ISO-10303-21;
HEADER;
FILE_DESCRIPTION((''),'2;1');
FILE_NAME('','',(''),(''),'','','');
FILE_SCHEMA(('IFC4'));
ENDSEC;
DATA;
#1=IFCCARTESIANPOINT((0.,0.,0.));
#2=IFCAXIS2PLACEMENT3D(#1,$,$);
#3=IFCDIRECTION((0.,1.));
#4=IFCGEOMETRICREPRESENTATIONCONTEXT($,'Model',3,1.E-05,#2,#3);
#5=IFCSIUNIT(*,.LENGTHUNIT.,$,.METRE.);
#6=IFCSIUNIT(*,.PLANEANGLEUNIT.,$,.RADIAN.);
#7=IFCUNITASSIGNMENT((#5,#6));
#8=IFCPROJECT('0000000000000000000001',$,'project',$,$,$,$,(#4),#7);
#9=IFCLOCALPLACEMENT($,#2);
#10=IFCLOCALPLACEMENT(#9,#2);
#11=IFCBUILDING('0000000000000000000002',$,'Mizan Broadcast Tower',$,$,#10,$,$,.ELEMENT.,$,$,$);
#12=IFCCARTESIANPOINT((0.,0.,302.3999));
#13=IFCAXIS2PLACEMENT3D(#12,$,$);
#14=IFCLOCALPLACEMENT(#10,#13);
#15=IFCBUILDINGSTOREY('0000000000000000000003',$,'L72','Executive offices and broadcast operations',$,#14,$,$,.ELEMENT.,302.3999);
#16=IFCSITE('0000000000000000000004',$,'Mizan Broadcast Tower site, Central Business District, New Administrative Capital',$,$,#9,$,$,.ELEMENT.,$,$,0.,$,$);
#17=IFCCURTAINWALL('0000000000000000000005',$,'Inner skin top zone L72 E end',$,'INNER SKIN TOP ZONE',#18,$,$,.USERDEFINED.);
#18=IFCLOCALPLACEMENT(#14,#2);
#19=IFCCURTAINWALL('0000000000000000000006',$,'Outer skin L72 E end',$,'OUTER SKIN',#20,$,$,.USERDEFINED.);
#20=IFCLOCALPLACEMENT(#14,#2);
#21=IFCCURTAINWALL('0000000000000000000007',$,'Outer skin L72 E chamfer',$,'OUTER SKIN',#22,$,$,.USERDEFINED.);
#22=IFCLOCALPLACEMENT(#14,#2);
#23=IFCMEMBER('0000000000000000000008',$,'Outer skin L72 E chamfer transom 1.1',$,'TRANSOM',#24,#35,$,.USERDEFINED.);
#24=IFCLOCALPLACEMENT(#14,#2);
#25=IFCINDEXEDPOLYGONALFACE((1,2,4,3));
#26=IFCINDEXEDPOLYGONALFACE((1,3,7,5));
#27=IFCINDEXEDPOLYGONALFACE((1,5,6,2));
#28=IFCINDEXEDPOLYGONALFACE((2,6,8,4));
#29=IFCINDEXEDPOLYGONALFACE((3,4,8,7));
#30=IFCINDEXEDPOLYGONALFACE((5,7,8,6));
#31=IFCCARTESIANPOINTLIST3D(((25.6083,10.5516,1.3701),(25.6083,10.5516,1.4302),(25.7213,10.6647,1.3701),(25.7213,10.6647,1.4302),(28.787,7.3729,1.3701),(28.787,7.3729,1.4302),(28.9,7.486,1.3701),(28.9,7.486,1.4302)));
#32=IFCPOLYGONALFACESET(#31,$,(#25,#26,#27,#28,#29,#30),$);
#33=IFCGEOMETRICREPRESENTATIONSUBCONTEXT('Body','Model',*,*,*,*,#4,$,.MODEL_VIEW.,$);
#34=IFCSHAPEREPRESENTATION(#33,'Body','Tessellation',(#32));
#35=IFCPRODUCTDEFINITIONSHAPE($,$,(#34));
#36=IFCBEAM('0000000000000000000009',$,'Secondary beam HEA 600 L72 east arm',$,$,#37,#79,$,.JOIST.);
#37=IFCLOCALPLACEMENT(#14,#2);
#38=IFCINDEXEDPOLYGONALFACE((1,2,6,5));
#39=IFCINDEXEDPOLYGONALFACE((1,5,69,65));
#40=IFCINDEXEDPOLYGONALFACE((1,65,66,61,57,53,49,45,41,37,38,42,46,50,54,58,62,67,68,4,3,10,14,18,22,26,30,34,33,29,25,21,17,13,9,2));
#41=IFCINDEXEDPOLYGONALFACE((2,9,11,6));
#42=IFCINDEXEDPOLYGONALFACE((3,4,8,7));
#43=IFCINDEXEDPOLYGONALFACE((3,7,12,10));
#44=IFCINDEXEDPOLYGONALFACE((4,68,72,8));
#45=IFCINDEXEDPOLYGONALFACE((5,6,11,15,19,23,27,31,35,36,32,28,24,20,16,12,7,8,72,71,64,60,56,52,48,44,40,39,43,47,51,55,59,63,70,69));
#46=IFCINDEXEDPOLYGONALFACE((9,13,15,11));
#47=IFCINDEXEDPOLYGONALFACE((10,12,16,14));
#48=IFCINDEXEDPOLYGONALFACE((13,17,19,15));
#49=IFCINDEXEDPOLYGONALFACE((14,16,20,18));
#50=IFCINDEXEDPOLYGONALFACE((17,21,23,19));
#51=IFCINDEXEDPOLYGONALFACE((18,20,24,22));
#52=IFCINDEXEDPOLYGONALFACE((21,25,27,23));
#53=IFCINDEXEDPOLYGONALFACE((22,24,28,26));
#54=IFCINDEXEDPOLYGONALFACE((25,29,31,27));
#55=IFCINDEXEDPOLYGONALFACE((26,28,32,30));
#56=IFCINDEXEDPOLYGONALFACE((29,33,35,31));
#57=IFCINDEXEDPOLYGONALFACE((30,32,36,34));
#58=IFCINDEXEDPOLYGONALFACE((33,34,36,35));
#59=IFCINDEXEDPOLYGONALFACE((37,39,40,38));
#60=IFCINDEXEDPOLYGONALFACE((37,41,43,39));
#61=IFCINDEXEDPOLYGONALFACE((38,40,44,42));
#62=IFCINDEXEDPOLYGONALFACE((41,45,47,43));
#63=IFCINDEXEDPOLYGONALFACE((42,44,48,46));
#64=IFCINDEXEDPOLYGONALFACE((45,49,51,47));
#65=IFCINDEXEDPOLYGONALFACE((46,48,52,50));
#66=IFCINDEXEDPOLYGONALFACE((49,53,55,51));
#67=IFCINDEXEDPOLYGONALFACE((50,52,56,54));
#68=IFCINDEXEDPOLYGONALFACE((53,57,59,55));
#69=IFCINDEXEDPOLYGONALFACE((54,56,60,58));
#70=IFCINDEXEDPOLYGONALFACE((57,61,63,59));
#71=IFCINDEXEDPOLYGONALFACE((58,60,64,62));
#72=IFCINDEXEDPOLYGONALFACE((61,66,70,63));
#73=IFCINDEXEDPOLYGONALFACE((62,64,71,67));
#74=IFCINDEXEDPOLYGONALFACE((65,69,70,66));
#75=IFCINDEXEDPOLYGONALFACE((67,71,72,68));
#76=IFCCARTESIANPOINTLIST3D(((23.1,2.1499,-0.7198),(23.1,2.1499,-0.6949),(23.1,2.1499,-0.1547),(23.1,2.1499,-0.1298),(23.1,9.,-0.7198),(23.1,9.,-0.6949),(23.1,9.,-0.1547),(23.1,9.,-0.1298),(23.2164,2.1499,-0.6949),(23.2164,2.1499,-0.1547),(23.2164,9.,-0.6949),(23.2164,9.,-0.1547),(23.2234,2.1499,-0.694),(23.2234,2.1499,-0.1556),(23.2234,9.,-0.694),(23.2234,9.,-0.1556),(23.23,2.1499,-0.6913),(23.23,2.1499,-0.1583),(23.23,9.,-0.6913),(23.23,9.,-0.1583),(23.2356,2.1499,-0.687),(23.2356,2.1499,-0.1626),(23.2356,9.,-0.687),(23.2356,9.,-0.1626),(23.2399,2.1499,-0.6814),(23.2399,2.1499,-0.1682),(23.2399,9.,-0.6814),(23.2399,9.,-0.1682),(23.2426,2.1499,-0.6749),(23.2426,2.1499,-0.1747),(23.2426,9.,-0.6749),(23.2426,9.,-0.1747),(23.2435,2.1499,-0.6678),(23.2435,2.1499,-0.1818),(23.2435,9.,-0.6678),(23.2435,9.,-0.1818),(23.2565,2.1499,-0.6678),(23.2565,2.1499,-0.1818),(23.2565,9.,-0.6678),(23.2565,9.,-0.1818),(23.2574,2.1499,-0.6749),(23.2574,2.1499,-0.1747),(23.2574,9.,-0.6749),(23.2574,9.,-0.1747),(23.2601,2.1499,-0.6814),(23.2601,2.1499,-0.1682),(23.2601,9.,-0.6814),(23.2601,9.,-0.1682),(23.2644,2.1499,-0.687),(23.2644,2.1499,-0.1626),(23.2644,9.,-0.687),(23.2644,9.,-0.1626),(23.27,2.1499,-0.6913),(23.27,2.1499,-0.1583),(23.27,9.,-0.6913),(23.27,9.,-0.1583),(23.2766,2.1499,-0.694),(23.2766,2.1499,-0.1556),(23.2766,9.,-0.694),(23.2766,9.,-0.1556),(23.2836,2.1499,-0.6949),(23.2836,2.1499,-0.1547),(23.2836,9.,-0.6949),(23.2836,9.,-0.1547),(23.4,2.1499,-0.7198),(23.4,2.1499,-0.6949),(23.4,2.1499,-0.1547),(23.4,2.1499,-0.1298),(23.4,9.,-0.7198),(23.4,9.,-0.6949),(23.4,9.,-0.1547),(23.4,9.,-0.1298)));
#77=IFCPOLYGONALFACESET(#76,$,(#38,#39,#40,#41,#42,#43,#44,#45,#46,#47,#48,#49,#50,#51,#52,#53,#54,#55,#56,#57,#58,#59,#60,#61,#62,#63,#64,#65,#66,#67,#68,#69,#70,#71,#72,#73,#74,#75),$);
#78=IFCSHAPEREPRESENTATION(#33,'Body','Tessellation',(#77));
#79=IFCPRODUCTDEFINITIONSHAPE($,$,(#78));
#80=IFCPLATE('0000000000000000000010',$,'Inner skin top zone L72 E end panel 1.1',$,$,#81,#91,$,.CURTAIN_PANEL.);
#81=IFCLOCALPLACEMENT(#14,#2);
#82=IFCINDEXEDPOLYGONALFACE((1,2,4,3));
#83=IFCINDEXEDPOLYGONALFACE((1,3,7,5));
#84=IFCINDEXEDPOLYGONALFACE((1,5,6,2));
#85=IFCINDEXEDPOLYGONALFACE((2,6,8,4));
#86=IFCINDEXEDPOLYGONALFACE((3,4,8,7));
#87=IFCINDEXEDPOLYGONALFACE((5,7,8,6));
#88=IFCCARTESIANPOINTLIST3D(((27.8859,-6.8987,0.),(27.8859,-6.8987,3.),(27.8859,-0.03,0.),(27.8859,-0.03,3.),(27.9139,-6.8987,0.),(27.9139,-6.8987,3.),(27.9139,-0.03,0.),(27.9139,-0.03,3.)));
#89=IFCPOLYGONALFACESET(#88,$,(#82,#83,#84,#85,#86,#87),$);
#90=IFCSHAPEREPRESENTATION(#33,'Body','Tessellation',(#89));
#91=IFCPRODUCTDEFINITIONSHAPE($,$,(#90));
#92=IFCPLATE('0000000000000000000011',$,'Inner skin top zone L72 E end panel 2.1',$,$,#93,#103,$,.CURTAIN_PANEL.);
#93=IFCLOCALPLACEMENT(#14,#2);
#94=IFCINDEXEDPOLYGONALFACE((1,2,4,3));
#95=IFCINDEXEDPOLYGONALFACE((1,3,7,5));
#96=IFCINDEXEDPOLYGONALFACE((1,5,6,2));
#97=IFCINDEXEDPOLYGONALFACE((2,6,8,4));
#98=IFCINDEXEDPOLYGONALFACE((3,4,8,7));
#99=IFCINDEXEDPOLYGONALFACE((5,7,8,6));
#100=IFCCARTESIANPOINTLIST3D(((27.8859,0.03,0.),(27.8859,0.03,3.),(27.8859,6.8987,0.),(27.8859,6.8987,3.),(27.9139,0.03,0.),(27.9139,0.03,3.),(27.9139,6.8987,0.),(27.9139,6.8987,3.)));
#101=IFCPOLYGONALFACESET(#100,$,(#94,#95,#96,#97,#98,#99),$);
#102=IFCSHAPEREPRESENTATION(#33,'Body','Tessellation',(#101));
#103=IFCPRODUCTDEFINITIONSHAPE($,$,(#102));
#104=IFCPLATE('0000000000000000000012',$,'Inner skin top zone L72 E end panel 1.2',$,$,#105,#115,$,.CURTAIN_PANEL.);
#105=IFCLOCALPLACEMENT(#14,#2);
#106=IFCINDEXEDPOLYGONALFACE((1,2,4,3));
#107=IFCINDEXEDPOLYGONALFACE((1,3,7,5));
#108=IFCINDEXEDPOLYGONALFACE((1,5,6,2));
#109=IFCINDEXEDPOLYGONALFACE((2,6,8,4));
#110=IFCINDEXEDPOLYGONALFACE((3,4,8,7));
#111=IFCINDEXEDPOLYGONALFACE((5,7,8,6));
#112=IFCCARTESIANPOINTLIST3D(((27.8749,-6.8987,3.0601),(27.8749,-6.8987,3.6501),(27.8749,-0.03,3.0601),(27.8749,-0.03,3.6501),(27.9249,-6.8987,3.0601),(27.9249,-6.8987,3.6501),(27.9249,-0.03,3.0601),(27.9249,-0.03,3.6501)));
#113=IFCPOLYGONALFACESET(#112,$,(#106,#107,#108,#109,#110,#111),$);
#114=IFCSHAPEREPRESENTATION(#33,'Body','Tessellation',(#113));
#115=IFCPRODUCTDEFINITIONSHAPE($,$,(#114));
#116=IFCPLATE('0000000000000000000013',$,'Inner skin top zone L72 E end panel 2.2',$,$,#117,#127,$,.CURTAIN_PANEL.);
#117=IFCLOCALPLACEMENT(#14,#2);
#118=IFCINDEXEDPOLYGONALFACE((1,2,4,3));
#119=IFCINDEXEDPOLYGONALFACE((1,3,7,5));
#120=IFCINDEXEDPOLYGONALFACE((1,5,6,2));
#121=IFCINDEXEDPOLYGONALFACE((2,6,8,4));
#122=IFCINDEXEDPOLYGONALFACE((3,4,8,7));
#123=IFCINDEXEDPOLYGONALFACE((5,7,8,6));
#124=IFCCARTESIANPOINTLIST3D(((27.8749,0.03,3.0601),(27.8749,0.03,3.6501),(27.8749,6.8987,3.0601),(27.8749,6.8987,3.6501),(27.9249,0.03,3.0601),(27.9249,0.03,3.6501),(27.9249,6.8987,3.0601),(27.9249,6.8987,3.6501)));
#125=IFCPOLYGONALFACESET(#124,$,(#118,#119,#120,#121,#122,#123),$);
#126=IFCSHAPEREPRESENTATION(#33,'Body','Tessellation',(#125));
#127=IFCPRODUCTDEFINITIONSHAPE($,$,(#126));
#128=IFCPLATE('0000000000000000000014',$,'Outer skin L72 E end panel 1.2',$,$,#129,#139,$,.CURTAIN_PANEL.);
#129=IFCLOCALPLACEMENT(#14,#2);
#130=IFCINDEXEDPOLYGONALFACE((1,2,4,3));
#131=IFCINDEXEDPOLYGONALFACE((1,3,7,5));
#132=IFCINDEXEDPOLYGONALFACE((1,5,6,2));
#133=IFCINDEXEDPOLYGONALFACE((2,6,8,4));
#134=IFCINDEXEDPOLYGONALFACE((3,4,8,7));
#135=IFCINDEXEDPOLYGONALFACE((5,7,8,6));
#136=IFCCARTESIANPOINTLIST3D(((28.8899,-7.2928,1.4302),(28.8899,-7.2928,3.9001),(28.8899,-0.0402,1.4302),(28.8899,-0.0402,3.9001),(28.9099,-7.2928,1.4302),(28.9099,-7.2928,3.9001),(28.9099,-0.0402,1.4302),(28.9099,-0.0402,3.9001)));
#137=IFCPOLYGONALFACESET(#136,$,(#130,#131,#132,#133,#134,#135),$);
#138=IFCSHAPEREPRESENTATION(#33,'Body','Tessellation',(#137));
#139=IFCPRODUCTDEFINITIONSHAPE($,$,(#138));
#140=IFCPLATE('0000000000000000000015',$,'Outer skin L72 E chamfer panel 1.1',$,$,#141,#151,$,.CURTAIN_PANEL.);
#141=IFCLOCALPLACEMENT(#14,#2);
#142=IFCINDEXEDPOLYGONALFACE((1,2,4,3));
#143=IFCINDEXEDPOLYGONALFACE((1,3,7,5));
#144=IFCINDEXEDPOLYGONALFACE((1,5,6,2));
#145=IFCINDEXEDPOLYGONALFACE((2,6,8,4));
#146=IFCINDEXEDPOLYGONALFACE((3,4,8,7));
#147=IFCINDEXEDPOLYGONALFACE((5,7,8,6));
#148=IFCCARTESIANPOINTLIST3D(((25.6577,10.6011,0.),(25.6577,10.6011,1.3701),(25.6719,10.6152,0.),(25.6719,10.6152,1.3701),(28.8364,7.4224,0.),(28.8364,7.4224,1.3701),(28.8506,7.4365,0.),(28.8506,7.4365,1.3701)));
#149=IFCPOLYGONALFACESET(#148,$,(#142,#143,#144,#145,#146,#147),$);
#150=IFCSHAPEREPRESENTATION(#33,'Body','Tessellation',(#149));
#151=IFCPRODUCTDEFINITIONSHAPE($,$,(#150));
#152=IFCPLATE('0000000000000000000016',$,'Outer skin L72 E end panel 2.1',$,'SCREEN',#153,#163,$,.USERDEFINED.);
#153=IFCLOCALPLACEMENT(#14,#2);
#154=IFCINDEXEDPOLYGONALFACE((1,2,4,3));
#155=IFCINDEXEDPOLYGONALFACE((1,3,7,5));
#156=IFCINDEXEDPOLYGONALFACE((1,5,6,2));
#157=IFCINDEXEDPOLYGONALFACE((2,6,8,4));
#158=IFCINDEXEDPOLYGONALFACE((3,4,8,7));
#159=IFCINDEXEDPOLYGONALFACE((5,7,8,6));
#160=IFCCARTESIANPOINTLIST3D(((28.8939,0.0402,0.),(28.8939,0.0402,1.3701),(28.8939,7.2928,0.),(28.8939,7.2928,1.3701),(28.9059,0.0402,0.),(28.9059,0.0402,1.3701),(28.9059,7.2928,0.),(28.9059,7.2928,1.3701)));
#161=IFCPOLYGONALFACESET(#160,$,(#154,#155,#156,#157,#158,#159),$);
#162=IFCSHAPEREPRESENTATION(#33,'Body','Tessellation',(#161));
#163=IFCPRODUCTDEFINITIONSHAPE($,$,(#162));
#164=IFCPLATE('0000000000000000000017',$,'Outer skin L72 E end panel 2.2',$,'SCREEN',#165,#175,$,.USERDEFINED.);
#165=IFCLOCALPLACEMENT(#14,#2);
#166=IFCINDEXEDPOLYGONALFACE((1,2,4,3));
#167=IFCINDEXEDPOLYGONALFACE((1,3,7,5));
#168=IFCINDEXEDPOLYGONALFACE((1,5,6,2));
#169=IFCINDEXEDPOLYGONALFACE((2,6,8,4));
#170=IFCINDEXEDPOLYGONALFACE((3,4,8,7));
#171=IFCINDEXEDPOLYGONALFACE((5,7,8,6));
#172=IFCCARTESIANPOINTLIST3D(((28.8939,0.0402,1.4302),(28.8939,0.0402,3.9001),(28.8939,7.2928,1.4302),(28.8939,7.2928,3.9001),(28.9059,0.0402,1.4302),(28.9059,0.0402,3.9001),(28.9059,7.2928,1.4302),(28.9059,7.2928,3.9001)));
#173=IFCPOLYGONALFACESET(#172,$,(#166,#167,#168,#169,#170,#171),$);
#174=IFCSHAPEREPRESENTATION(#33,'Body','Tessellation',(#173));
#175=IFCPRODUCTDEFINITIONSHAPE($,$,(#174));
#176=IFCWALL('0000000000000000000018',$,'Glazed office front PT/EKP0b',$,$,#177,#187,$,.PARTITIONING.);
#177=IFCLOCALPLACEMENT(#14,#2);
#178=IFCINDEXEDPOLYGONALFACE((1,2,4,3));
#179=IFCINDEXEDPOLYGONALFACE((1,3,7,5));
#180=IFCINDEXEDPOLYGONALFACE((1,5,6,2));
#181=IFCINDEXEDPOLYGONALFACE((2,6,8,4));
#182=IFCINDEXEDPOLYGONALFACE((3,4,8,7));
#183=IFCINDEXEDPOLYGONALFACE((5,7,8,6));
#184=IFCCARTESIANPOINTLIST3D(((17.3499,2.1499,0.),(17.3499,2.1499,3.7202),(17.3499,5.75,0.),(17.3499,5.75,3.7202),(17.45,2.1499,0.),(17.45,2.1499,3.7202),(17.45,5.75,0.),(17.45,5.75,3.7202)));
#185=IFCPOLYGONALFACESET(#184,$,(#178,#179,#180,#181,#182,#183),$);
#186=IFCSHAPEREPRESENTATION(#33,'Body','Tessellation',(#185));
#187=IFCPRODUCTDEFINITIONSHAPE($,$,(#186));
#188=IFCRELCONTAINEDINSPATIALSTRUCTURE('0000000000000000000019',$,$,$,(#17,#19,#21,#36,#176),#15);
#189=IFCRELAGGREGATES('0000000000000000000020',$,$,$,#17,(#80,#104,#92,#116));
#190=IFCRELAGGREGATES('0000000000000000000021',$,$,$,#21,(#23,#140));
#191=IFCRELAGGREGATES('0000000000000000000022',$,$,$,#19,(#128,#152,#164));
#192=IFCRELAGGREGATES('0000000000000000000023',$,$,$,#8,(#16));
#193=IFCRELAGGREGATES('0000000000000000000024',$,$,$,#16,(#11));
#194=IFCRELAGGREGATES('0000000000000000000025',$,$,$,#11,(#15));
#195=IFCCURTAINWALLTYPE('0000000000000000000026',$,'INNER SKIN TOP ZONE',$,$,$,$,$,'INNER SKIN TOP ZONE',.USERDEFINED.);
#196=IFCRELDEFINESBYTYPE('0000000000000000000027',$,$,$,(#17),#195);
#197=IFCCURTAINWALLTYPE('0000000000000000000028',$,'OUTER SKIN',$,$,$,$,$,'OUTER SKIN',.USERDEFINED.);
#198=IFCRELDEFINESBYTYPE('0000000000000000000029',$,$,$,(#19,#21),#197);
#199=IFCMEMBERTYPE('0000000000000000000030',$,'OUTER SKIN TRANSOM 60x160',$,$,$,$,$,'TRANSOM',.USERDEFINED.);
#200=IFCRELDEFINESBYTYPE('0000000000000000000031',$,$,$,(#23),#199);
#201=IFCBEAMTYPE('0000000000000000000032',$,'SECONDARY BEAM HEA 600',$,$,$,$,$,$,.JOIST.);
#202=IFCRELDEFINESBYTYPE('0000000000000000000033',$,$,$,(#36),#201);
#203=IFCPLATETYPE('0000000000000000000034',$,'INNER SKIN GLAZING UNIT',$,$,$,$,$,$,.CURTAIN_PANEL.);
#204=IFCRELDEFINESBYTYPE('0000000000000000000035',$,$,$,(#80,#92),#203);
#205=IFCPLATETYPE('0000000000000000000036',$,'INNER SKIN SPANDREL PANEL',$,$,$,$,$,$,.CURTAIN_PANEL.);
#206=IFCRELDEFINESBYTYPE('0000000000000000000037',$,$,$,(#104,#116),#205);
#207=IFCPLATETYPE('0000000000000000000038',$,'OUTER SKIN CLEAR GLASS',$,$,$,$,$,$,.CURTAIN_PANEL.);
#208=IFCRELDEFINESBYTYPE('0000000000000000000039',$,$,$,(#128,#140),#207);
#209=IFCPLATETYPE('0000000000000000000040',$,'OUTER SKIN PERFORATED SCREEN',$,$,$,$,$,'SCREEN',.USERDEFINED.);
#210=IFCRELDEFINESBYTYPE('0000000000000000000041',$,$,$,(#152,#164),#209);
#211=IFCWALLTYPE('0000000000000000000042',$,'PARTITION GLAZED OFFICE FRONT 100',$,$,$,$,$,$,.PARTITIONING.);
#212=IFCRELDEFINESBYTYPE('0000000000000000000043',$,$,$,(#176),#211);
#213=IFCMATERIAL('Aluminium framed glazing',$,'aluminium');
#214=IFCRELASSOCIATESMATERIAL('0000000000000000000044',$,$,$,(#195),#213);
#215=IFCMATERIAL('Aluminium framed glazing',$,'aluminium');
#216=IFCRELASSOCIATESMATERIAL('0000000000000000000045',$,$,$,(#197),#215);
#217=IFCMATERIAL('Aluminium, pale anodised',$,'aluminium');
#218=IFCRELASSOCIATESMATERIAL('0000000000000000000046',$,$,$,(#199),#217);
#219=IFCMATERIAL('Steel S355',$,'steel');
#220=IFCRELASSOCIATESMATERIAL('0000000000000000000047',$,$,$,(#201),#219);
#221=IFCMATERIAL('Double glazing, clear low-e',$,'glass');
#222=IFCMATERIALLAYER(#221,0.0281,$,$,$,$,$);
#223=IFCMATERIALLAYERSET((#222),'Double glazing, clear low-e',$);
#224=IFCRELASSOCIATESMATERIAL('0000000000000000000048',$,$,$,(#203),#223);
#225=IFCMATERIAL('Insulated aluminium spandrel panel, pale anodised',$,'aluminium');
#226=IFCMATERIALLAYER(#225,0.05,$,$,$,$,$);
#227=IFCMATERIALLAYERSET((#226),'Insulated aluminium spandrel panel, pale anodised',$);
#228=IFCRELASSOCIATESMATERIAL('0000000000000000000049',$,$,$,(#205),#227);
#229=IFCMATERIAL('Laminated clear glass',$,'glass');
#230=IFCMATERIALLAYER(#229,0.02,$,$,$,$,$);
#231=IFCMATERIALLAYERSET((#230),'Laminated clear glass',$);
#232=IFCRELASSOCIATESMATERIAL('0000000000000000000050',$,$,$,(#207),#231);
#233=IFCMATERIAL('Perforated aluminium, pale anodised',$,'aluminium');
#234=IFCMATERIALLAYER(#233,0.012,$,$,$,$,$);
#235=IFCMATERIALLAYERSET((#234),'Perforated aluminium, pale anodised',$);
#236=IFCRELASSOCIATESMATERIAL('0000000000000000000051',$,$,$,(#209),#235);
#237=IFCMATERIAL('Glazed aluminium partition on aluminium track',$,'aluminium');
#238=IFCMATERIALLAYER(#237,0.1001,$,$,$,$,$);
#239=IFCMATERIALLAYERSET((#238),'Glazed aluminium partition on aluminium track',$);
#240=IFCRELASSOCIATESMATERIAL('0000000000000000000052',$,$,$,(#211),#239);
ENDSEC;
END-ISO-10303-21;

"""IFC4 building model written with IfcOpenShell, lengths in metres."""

from ifc_helpers import new_model, si_unit, direction, frame, frame_2d, origin, origin_2d, place, context, subcontext, project, spatial, rectangle, i_section, extrude, material, layer, layer_set, material_profile, profile_set, type_object, element, aggregate, save


model = new_model("IFC4")

# Units and contexts
model_context = context("Model", 3, precision=1e-05, world=origin(), true_north=direction((0.0, 1.0)))
body_context = subcontext(model_context, "Body", "Model", "MODEL_VIEW")
ifc_project = project(units=[si_unit("LENGTHUNIT", "METRE"), si_unit("PLANEANGLEUNIT", "RADIAN")], contexts=[model_context])

# Site, building, storey
site_placement = place(None, origin())
site = spatial("IfcSite", under=ifc_project, at=site_placement, Name="Mizan Broadcast Tower site, Central Business District, New Administrative Capital", CompositionType="ELEMENT", RefElevation=0.0)
building_placement = place(site_placement, origin())
building = spatial("IfcBuilding", under=site, at=building_placement, Name="Mizan Broadcast Tower", CompositionType="ELEMENT")
storey_placement = place(building_placement, frame((0.0, 0.0, 302.3999)))
storey = spatial("IfcBuildingStorey", under=building, at=storey_placement, Name="L72", Description="Executive offices and broadcast operations", CompositionType="ELEMENT", Elevation=302.3999)

# Curtain wall
ifc_material_1 = material(Name="Aluminium framed glazing", Category="aluminium")
curtain_wall_type_1 = type_object("IfcCurtainWallType", Name="INNER SKIN TOP ZONE", ElementType="INNER SKIN TOP ZONE", PredefinedType="USERDEFINED", material=ifc_material_1)
curtain_wall_1_placement = place(storey_placement, origin())
curtain_wall_1 = element("IfcCurtainWall", 1, at=curtain_wall_1_placement, inside=storey, type_object=curtain_wall_type_1, Name="Inner skin top zone L72 E end", ObjectType="INNER SKIN TOP ZONE", PredefinedType="USERDEFINED")

# Curtain wall
ifc_material_2 = material(Name="Aluminium framed glazing", Category="aluminium")
curtain_wall_type_2 = type_object("IfcCurtainWallType", Name="OUTER SKIN", ElementType="OUTER SKIN", PredefinedType="USERDEFINED", material=ifc_material_2)
curtain_wall_2_placement = place(storey_placement, origin())
curtain_wall_2 = element("IfcCurtainWall", 2, at=curtain_wall_2_placement, inside=storey, type_object=curtain_wall_type_2, Name="Outer skin L72 E end", ObjectType="OUTER SKIN", PredefinedType="USERDEFINED")
ifc_material_3 = material(Name="Aluminium, pale anodised", Category="aluminium")
ifc_material_profile_1 = material_profile(ifc_material_3, rectangle(XDim=0.1599, YDim=0.0601, at=origin_2d()), Name="TRANSOM 160x60")
ifc_profile_set_1 = profile_set([ifc_material_profile_1], Name="Aluminium, pale anodised")
member_type_1 = type_object("IfcMemberType", Name="OUTER SKIN TRANSOM 60x160", ElementType="TRANSOM", PredefinedType="USERDEFINED", material=ifc_profile_set_1)

# Curtain wall, member
curtain_wall_3_placement = place(storey_placement, origin())
curtain_wall_3 = element("IfcCurtainWall", 3, at=curtain_wall_3_placement, inside=storey, type_object=curtain_wall_type_2, Name="Outer skin L72 E chamfer", ObjectType="OUTER SKIN", PredefinedType="USERDEFINED")
member_1_placement = place(storey_placement, frame((28.8435, 7.4294, 1.4001), z_axis=(-0.707107, 0.707107, 0.0), x_axis=(-0.707107, -0.707107, 0.0)))
member_1 = element("IfcMember", 4, at=member_1_placement, type_object=member_type_1, Name="Outer skin L72 E chamfer transom 1.1", ObjectType="TRANSOM", PredefinedType="USERDEFINED", context=body_context, shape_type="SweptSolid", body=[
    extrude(rectangle(XDim=0.1599, YDim=0.0601, at=origin_2d()), origin(), (0.0, 0.0, 1.0), 4.4954),
])

# Beam
ifc_material_4 = material(Name="Steel S355", Category="steel")
ifc_material_profile_2 = material_profile(ifc_material_4, i_section(OverallWidth=0.3, OverallDepth=0.5901, WebThickness=0.0129, FlangeThickness=0.0249, FilletRadius=0.0271, at=origin_2d()), Name="HEA 600")
ifc_profile_set_2 = profile_set([ifc_material_profile_2], Name="Steel S355")
beam_type_1 = type_object("IfcBeamType", Name="SECONDARY BEAM HEA 600", PredefinedType="JOIST", material=ifc_profile_set_2)
beam_1_placement = place(storey_placement, frame((23.25, 9.0, -0.4248), z_axis=(0.0, -1.0, 0.0), x_axis=(1.0, 0.0, 0.0)))
element("IfcBeam", 5, at=beam_1_placement, inside=storey, type_object=beam_type_1, Name="Secondary beam HEA 600 L72 east arm", PredefinedType="JOIST", context=body_context, shape_type="SweptSolid", body=[
    extrude(i_section(OverallWidth=0.3, OverallDepth=0.5901, WebThickness=0.0129, FlangeThickness=0.0249, FilletRadius=0.0271, at=origin_2d()), origin(), (0.0, 0.0, 1.0), 6.8501),
])

# Plates
ifc_material_5 = material(Name="Double glazing, clear low-e", Category="glass")
ifc_layer_1 = layer(ifc_material_5, 0.0281)
ifc_layer_set_1 = layer_set([ifc_layer_1], Name="Double glazing, clear low-e")
plate_type_1 = type_object("IfcPlateType", Name="INNER SKIN GLAZING UNIT", PredefinedType="CURTAIN_PANEL", material=ifc_layer_set_1)
plate_1_placement = place(storey_placement, frame((27.8999, -3.4644, 0.0), z_axis=(0.0, 0.0, 1.0), x_axis=(0.0, 1.0, 0.0)))
plate_1 = element("IfcPlate", 6, at=plate_1_placement, type_object=plate_type_1, Name="Inner skin top zone L72 E end panel 1.1", PredefinedType="CURTAIN_PANEL", context=body_context, shape_type="SweptSolid", body=[
    extrude(rectangle(XDim=6.8687, YDim=0.0281, at=origin_2d()), origin(), (0.0, 0.0, 1.0), 3.0),
])
plate_2_placement = place(storey_placement, frame((27.8999, 3.4644, 0.0), z_axis=(0.0, 0.0, 1.0), x_axis=(0.0, 1.0, 0.0)))
plate_2 = element("IfcPlate", 7, at=plate_2_placement, type_object=plate_type_1, Name="Inner skin top zone L72 E end panel 2.1", PredefinedType="CURTAIN_PANEL", context=body_context, shape_type="SweptSolid", body=[
    extrude(rectangle(XDim=6.8687, YDim=0.0281, at=origin_2d()), origin(), (0.0, 0.0, 1.0), 3.0),
])
ifc_material_6 = material(Name="Insulated aluminium spandrel panel, pale anodised", Category="aluminium")
ifc_layer_2 = layer(ifc_material_6, 0.05)
ifc_layer_set_2 = layer_set([ifc_layer_2], Name="Insulated aluminium spandrel panel, pale anodised")
plate_type_2 = type_object("IfcPlateType", Name="INNER SKIN SPANDREL PANEL", PredefinedType="CURTAIN_PANEL", material=ifc_layer_set_2)
plate_3_placement = place(storey_placement, frame((27.8999, -3.4644, 3.0601), z_axis=(0.0, 0.0, 1.0), x_axis=(0.0, 1.0, 0.0)))
plate_3 = element("IfcPlate", 8, at=plate_3_placement, type_object=plate_type_2, Name="Inner skin top zone L72 E end panel 1.2", PredefinedType="CURTAIN_PANEL", context=body_context, shape_type="SweptSolid", body=[
    extrude(rectangle(XDim=6.8687, YDim=0.05, at=origin_2d()), origin(), (0.0, 0.0, 1.0), 0.5901),
])
plate_4_placement = place(storey_placement, frame((27.8999, 3.4644, 3.0601), z_axis=(0.0, 0.0, 1.0), x_axis=(0.0, 1.0, 0.0)))
plate_4 = element("IfcPlate", 9, at=plate_4_placement, type_object=plate_type_2, Name="Inner skin top zone L72 E end panel 2.2", PredefinedType="CURTAIN_PANEL", context=body_context, shape_type="SweptSolid", body=[
    extrude(rectangle(XDim=6.8687, YDim=0.05, at=origin_2d()), origin(), (0.0, 0.0, 1.0), 0.5901),
])
aggregate(curtain_wall_1, [plate_1, plate_3, plate_2, plate_4])
ifc_material_7 = material(Name="Laminated clear glass", Category="glass")
ifc_layer_3 = layer(ifc_material_7, 0.02)
ifc_layer_set_3 = layer_set([ifc_layer_3], Name="Laminated clear glass")
plate_type_3 = type_object("IfcPlateType", Name="OUTER SKIN CLEAR GLASS", PredefinedType="CURTAIN_PANEL", material=ifc_layer_set_3)
plate_5_placement = place(storey_placement, frame((28.8999, -3.6665, 1.4302), z_axis=(0.0, 0.0, 1.0), x_axis=(0.0, 1.0, 0.0)))
plate_5 = element("IfcPlate", 10, at=plate_5_placement, type_object=plate_type_3, Name="Outer skin L72 E end panel 1.2", PredefinedType="CURTAIN_PANEL", context=body_context, shape_type="SweptSolid", body=[
    extrude(rectangle(XDim=7.2527, YDim=0.02, at=origin_2d()), origin(), (0.0, 0.0, 1.0), 2.47),
])
plate_6_placement = place(storey_placement, frame((27.2542, 9.0188, 0.0), z_axis=(0.0, 0.0, 1.0), x_axis=(-0.707107, 0.707107, 0.0)))
plate_6 = element("IfcPlate", 11, at=plate_6_placement, type_object=plate_type_3, Name="Outer skin L72 E chamfer panel 1.1", PredefinedType="CURTAIN_PANEL", context=body_context, shape_type="SweptSolid", body=[
    extrude(rectangle(XDim=4.4954, YDim=0.02, at=origin_2d()), origin(), (0.0, 0.0, 1.0), 1.3701),
])
aggregate(curtain_wall_3, [member_1, plate_6])
ifc_material_8 = material(Name="Perforated aluminium, pale anodised", Category="aluminium")
ifc_layer_4 = layer(ifc_material_8, 0.012)
ifc_layer_set_4 = layer_set([ifc_layer_4], Name="Perforated aluminium, pale anodised")
plate_type_4 = type_object("IfcPlateType", Name="OUTER SKIN PERFORATED SCREEN", ElementType="SCREEN", PredefinedType="USERDEFINED", material=ifc_layer_set_4)
plate_7_placement = place(storey_placement, frame((28.8999, 3.6665, 0.0), z_axis=(0.0, 0.0, 1.0), x_axis=(0.0, 1.0, 0.0)))
plate_7 = element("IfcPlate", 12, at=plate_7_placement, type_object=plate_type_4, Name="Outer skin L72 E end panel 2.1", ObjectType="SCREEN", PredefinedType="USERDEFINED", context=body_context, shape_type="SweptSolid", body=[
    extrude(rectangle(XDim=7.2527, YDim=0.012, at=origin_2d()), origin(), (0.0, 0.0, 1.0), 1.3701),
])
plate_8_placement = place(storey_placement, frame((28.8999, 3.6665, 1.4302), z_axis=(0.0, 0.0, 1.0), x_axis=(0.0, 1.0, 0.0)))
plate_8 = element("IfcPlate", 13, at=plate_8_placement, type_object=plate_type_4, Name="Outer skin L72 E end panel 2.2", ObjectType="SCREEN", PredefinedType="USERDEFINED", context=body_context, shape_type="SweptSolid", body=[
    extrude(rectangle(XDim=7.2527, YDim=0.012, at=origin_2d()), origin(), (0.0, 0.0, 1.0), 2.47),
])
aggregate(curtain_wall_2, [plate_5, plate_7, plate_8])

# Wall
ifc_material_9 = material(Name="Glazed aluminium partition on aluminium track", Category="aluminium")
ifc_layer_5 = layer(ifc_material_9, 0.1001)
ifc_layer_set_5 = layer_set([ifc_layer_5], Name="Glazed aluminium partition on aluminium track")
wall_type = type_object("IfcWallType", Name="PARTITION GLAZED OFFICE FRONT 100", PredefinedType="PARTITIONING", material=ifc_layer_set_5)
wall_placement = place(storey_placement, frame((17.3999, 2.1499, 0.0), z_axis=(0.0, 0.0, 1.0), x_axis=(0.0, 1.0, 0.0)))
element("IfcWall", 14, at=wall_placement, inside=storey, type_object=wall_type, Name="Glazed office front PT/EKP0b", PredefinedType="PARTITIONING", context=body_context, shape_type="SweptSolid", body=[
    extrude(rectangle(XDim=3.6001, YDim=0.1001, at=frame_2d((1.8, 0.0))), origin(), (0.0, 0.0, 1.0), 3.7202),
])

save(model, "model.ifc")
